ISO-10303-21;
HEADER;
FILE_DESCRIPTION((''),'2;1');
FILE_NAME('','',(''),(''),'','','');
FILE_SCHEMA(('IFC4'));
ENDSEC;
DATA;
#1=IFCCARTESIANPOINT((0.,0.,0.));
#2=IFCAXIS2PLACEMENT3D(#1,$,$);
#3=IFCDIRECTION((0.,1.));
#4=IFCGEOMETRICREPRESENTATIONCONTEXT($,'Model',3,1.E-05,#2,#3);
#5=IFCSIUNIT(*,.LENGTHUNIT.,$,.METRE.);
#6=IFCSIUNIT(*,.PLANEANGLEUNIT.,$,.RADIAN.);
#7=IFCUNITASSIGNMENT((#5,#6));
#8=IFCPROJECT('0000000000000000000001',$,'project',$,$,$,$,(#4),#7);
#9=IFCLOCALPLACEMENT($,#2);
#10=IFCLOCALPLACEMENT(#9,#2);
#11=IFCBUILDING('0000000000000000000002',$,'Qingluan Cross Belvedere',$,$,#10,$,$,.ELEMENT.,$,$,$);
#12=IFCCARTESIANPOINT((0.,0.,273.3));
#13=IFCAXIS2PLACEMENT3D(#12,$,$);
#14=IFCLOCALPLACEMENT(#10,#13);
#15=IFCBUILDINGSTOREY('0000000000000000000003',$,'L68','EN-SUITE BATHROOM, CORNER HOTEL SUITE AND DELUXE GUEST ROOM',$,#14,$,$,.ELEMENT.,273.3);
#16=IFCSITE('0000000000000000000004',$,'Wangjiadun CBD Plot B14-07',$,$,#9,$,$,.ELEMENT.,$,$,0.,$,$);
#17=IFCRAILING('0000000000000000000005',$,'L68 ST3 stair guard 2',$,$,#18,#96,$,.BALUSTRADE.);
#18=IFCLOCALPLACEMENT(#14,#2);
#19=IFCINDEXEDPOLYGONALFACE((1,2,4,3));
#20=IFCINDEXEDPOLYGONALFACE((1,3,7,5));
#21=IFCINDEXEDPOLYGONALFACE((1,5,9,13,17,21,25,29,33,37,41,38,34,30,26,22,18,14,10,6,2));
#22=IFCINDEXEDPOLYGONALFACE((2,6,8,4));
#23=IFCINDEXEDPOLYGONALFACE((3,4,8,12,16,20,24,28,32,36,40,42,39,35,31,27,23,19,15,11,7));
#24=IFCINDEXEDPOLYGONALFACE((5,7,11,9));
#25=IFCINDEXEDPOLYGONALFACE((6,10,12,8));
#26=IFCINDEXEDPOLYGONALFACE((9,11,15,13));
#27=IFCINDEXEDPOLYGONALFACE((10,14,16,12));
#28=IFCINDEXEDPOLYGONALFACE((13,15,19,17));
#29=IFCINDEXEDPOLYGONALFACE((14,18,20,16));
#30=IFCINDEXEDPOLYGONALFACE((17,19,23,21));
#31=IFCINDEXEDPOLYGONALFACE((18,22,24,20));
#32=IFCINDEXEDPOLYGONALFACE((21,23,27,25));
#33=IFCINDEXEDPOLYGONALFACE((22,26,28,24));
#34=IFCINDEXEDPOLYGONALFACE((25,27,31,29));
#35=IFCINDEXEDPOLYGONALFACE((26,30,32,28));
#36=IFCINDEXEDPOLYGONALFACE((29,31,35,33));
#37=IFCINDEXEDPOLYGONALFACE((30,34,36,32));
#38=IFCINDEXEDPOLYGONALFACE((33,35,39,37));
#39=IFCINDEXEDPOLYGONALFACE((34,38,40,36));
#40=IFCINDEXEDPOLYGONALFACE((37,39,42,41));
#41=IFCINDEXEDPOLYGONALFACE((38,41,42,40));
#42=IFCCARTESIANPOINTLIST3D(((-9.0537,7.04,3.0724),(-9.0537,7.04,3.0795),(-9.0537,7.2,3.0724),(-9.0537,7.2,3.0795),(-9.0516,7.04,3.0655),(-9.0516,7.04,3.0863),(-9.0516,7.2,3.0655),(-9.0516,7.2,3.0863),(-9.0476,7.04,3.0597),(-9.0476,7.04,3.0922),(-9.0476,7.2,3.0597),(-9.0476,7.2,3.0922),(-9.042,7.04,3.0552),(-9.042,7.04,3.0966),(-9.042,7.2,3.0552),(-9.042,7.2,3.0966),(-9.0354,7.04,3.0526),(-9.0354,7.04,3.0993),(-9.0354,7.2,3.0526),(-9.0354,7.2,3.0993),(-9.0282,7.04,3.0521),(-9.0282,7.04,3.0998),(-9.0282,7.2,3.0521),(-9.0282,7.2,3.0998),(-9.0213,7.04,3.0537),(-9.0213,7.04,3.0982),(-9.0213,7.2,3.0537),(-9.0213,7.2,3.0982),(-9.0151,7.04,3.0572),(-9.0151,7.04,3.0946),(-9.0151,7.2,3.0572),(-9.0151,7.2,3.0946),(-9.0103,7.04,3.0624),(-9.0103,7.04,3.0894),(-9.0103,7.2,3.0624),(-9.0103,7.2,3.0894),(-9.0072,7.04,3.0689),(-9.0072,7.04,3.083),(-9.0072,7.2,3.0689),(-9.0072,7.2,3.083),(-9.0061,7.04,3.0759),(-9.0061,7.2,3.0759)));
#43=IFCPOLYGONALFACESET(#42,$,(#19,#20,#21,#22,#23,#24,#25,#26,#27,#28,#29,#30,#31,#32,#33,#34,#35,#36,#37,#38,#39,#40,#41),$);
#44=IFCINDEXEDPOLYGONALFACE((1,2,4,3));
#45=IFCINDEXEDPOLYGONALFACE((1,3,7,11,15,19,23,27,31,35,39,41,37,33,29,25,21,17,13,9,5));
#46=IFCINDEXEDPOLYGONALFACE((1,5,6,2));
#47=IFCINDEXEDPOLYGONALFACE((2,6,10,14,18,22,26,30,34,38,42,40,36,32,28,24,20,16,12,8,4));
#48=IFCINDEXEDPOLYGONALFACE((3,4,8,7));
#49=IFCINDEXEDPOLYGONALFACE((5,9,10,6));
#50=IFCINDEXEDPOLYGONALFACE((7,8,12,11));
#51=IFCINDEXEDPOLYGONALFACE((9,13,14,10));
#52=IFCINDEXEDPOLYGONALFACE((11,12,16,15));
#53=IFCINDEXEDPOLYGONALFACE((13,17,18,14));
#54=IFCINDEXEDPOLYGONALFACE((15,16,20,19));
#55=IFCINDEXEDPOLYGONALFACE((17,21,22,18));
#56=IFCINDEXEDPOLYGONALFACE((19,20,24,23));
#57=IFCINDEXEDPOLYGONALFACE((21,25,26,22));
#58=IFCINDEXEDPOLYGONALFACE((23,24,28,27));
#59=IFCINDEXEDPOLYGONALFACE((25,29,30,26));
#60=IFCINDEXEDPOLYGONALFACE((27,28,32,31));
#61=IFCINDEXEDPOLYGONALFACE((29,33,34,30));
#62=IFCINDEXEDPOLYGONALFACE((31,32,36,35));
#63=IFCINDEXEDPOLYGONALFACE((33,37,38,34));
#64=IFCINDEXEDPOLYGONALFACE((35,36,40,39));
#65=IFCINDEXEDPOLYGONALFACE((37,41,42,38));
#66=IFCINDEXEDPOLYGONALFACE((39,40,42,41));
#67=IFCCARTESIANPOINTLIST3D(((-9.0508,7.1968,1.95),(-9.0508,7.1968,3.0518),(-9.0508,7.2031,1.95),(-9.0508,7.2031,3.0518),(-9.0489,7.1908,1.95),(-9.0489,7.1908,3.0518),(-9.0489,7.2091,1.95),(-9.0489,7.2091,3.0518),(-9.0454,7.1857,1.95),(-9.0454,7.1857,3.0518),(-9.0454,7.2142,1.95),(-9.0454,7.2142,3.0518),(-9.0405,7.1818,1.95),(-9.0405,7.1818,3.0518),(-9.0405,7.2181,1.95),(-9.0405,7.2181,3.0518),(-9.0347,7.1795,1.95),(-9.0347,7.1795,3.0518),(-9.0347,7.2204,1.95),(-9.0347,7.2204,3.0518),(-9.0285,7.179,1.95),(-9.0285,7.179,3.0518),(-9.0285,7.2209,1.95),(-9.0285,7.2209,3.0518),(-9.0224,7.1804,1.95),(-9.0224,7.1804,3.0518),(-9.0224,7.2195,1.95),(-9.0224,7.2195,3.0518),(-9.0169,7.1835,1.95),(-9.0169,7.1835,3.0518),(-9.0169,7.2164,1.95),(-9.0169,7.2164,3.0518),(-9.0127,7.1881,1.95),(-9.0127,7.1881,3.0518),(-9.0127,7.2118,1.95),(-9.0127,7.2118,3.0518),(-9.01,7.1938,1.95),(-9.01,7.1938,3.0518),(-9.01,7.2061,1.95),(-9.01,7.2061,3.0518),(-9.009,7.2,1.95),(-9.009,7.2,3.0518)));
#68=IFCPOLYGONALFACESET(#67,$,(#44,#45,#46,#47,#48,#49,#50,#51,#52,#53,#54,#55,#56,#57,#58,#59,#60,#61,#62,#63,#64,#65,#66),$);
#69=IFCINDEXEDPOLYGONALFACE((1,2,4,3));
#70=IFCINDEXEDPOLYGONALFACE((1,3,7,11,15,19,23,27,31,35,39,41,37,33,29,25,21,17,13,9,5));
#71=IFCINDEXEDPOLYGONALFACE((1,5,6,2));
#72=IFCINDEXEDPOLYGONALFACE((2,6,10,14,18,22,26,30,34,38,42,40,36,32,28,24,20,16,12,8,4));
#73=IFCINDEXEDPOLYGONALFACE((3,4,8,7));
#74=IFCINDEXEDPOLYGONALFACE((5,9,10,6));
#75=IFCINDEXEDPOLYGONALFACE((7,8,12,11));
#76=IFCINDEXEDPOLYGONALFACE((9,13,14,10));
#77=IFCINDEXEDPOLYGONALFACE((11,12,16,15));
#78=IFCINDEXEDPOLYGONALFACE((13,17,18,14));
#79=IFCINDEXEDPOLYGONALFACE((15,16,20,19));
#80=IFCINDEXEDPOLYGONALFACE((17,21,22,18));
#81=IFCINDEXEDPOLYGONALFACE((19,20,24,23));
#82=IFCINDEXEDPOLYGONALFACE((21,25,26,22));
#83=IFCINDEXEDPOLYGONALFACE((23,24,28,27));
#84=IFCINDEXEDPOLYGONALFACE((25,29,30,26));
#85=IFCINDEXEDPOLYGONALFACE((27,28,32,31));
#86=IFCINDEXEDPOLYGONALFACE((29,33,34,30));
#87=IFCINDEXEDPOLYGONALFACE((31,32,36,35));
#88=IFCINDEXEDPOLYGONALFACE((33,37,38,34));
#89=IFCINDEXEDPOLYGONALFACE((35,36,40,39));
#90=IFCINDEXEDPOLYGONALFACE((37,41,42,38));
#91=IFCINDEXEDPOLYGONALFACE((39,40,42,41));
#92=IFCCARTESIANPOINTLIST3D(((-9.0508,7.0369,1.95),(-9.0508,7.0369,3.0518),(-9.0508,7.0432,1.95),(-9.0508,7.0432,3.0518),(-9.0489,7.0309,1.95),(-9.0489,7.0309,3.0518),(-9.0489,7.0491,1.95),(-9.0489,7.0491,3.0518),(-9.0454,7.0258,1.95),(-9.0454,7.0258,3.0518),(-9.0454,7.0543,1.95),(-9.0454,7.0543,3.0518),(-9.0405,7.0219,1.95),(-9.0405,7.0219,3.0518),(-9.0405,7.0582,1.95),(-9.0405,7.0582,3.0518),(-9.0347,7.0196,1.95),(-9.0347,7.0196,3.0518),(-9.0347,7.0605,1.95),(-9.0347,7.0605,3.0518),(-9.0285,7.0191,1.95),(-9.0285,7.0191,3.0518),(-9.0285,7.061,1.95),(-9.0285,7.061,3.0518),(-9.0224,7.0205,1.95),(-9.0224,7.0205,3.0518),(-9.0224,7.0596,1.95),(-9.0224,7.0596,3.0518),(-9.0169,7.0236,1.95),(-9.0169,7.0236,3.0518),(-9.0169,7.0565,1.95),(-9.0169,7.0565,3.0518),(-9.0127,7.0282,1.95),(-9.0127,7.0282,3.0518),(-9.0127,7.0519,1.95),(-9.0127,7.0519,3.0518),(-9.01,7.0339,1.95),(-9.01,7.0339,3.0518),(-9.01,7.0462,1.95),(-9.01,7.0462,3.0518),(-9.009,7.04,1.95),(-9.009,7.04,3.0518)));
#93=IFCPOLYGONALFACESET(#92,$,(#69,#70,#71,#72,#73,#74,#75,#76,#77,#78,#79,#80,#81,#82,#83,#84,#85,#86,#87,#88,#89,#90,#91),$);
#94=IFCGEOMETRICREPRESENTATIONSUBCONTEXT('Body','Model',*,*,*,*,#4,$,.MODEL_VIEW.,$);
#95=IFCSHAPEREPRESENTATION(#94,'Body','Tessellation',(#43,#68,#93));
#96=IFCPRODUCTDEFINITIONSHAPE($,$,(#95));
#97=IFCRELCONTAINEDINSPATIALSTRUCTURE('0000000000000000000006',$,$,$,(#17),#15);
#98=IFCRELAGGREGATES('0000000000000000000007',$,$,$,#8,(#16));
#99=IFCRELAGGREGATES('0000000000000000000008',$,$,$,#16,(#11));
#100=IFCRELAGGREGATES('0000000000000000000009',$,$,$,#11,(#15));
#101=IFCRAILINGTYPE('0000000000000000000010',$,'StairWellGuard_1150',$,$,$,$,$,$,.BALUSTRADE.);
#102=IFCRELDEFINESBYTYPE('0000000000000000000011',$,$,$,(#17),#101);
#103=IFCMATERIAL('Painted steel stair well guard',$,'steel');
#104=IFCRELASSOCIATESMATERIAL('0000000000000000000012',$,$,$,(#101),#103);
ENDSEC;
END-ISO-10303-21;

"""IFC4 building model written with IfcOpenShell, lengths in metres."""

from ifc_helpers import new_model, si_unit, direction, frame, origin, origin_2d, place, context, subcontext, project, spatial, circle, extrude, material, type_object, element, save


model = new_model("IFC4")

# Units and contexts
model_context = context("Model", 3, precision=1e-05, world=origin(), true_north=direction((0.0, 1.0)))
body_context = subcontext(model_context, "Body", "Model", "MODEL_VIEW")
ifc_project = project(units=[si_unit("LENGTHUNIT", "METRE"), si_unit("PLANEANGLEUNIT", "RADIAN")], contexts=[model_context])

# Site, building, storey
site_placement = place(None, origin())
site = spatial("IfcSite", under=ifc_project, at=site_placement, Name="Wangjiadun CBD Plot B14-07", CompositionType="ELEMENT", RefElevation=0.0)
building_placement = place(site_placement, origin())
building = spatial("IfcBuilding", under=site, at=building_placement, Name="Qingluan Cross Belvedere", CompositionType="ELEMENT")
storey_placement = place(building_placement, frame((0.0, 0.0, 273.3)))
storey = spatial("IfcBuildingStorey", under=building, at=storey_placement, Name="L68", Description="EN-SUITE BATHROOM, CORNER HOTEL SUITE AND DELUXE GUEST ROOM", CompositionType="ELEMENT", Elevation=273.3)

# Railing
ifc_material_1 = material(Name="Painted steel stair well guard", Category="steel")
railing_type_1 = type_object("IfcRailingType", Name="StairWellGuard_1150", PredefinedType="BALUSTRADE", material=ifc_material_1)
railing_1_placement = place(storey_placement, frame((-9.03, 7.2, 1.95)))
element("IfcRailing", 1, at=railing_1_placement, inside=storey, type_object=railing_type_1, Name="L68 ST3 stair guard 2", PredefinedType="BALUSTRADE", context=body_context, shape_type="SweptSolid", body=[
    extrude(circle(Radius=0.0239, at=origin_2d()), frame((0.0, 0.0, 1.126), z_axis=(0.0, -1.0, 0.0), x_axis=(1.0, 0.0, 0.0)), (0.0, 0.0, 1.0), 0.1599),
    extrude(circle(Radius=0.021, at=origin_2d()), origin(), (0.0, 0.0, 1.0), 1.1018),
    extrude(circle(Radius=0.021, at=origin_2d()), frame((0.0, -0.1599, 0.0)), (0.0, 0.0, 1.0), 1.1018),
])

save(model, "model.ifc")
